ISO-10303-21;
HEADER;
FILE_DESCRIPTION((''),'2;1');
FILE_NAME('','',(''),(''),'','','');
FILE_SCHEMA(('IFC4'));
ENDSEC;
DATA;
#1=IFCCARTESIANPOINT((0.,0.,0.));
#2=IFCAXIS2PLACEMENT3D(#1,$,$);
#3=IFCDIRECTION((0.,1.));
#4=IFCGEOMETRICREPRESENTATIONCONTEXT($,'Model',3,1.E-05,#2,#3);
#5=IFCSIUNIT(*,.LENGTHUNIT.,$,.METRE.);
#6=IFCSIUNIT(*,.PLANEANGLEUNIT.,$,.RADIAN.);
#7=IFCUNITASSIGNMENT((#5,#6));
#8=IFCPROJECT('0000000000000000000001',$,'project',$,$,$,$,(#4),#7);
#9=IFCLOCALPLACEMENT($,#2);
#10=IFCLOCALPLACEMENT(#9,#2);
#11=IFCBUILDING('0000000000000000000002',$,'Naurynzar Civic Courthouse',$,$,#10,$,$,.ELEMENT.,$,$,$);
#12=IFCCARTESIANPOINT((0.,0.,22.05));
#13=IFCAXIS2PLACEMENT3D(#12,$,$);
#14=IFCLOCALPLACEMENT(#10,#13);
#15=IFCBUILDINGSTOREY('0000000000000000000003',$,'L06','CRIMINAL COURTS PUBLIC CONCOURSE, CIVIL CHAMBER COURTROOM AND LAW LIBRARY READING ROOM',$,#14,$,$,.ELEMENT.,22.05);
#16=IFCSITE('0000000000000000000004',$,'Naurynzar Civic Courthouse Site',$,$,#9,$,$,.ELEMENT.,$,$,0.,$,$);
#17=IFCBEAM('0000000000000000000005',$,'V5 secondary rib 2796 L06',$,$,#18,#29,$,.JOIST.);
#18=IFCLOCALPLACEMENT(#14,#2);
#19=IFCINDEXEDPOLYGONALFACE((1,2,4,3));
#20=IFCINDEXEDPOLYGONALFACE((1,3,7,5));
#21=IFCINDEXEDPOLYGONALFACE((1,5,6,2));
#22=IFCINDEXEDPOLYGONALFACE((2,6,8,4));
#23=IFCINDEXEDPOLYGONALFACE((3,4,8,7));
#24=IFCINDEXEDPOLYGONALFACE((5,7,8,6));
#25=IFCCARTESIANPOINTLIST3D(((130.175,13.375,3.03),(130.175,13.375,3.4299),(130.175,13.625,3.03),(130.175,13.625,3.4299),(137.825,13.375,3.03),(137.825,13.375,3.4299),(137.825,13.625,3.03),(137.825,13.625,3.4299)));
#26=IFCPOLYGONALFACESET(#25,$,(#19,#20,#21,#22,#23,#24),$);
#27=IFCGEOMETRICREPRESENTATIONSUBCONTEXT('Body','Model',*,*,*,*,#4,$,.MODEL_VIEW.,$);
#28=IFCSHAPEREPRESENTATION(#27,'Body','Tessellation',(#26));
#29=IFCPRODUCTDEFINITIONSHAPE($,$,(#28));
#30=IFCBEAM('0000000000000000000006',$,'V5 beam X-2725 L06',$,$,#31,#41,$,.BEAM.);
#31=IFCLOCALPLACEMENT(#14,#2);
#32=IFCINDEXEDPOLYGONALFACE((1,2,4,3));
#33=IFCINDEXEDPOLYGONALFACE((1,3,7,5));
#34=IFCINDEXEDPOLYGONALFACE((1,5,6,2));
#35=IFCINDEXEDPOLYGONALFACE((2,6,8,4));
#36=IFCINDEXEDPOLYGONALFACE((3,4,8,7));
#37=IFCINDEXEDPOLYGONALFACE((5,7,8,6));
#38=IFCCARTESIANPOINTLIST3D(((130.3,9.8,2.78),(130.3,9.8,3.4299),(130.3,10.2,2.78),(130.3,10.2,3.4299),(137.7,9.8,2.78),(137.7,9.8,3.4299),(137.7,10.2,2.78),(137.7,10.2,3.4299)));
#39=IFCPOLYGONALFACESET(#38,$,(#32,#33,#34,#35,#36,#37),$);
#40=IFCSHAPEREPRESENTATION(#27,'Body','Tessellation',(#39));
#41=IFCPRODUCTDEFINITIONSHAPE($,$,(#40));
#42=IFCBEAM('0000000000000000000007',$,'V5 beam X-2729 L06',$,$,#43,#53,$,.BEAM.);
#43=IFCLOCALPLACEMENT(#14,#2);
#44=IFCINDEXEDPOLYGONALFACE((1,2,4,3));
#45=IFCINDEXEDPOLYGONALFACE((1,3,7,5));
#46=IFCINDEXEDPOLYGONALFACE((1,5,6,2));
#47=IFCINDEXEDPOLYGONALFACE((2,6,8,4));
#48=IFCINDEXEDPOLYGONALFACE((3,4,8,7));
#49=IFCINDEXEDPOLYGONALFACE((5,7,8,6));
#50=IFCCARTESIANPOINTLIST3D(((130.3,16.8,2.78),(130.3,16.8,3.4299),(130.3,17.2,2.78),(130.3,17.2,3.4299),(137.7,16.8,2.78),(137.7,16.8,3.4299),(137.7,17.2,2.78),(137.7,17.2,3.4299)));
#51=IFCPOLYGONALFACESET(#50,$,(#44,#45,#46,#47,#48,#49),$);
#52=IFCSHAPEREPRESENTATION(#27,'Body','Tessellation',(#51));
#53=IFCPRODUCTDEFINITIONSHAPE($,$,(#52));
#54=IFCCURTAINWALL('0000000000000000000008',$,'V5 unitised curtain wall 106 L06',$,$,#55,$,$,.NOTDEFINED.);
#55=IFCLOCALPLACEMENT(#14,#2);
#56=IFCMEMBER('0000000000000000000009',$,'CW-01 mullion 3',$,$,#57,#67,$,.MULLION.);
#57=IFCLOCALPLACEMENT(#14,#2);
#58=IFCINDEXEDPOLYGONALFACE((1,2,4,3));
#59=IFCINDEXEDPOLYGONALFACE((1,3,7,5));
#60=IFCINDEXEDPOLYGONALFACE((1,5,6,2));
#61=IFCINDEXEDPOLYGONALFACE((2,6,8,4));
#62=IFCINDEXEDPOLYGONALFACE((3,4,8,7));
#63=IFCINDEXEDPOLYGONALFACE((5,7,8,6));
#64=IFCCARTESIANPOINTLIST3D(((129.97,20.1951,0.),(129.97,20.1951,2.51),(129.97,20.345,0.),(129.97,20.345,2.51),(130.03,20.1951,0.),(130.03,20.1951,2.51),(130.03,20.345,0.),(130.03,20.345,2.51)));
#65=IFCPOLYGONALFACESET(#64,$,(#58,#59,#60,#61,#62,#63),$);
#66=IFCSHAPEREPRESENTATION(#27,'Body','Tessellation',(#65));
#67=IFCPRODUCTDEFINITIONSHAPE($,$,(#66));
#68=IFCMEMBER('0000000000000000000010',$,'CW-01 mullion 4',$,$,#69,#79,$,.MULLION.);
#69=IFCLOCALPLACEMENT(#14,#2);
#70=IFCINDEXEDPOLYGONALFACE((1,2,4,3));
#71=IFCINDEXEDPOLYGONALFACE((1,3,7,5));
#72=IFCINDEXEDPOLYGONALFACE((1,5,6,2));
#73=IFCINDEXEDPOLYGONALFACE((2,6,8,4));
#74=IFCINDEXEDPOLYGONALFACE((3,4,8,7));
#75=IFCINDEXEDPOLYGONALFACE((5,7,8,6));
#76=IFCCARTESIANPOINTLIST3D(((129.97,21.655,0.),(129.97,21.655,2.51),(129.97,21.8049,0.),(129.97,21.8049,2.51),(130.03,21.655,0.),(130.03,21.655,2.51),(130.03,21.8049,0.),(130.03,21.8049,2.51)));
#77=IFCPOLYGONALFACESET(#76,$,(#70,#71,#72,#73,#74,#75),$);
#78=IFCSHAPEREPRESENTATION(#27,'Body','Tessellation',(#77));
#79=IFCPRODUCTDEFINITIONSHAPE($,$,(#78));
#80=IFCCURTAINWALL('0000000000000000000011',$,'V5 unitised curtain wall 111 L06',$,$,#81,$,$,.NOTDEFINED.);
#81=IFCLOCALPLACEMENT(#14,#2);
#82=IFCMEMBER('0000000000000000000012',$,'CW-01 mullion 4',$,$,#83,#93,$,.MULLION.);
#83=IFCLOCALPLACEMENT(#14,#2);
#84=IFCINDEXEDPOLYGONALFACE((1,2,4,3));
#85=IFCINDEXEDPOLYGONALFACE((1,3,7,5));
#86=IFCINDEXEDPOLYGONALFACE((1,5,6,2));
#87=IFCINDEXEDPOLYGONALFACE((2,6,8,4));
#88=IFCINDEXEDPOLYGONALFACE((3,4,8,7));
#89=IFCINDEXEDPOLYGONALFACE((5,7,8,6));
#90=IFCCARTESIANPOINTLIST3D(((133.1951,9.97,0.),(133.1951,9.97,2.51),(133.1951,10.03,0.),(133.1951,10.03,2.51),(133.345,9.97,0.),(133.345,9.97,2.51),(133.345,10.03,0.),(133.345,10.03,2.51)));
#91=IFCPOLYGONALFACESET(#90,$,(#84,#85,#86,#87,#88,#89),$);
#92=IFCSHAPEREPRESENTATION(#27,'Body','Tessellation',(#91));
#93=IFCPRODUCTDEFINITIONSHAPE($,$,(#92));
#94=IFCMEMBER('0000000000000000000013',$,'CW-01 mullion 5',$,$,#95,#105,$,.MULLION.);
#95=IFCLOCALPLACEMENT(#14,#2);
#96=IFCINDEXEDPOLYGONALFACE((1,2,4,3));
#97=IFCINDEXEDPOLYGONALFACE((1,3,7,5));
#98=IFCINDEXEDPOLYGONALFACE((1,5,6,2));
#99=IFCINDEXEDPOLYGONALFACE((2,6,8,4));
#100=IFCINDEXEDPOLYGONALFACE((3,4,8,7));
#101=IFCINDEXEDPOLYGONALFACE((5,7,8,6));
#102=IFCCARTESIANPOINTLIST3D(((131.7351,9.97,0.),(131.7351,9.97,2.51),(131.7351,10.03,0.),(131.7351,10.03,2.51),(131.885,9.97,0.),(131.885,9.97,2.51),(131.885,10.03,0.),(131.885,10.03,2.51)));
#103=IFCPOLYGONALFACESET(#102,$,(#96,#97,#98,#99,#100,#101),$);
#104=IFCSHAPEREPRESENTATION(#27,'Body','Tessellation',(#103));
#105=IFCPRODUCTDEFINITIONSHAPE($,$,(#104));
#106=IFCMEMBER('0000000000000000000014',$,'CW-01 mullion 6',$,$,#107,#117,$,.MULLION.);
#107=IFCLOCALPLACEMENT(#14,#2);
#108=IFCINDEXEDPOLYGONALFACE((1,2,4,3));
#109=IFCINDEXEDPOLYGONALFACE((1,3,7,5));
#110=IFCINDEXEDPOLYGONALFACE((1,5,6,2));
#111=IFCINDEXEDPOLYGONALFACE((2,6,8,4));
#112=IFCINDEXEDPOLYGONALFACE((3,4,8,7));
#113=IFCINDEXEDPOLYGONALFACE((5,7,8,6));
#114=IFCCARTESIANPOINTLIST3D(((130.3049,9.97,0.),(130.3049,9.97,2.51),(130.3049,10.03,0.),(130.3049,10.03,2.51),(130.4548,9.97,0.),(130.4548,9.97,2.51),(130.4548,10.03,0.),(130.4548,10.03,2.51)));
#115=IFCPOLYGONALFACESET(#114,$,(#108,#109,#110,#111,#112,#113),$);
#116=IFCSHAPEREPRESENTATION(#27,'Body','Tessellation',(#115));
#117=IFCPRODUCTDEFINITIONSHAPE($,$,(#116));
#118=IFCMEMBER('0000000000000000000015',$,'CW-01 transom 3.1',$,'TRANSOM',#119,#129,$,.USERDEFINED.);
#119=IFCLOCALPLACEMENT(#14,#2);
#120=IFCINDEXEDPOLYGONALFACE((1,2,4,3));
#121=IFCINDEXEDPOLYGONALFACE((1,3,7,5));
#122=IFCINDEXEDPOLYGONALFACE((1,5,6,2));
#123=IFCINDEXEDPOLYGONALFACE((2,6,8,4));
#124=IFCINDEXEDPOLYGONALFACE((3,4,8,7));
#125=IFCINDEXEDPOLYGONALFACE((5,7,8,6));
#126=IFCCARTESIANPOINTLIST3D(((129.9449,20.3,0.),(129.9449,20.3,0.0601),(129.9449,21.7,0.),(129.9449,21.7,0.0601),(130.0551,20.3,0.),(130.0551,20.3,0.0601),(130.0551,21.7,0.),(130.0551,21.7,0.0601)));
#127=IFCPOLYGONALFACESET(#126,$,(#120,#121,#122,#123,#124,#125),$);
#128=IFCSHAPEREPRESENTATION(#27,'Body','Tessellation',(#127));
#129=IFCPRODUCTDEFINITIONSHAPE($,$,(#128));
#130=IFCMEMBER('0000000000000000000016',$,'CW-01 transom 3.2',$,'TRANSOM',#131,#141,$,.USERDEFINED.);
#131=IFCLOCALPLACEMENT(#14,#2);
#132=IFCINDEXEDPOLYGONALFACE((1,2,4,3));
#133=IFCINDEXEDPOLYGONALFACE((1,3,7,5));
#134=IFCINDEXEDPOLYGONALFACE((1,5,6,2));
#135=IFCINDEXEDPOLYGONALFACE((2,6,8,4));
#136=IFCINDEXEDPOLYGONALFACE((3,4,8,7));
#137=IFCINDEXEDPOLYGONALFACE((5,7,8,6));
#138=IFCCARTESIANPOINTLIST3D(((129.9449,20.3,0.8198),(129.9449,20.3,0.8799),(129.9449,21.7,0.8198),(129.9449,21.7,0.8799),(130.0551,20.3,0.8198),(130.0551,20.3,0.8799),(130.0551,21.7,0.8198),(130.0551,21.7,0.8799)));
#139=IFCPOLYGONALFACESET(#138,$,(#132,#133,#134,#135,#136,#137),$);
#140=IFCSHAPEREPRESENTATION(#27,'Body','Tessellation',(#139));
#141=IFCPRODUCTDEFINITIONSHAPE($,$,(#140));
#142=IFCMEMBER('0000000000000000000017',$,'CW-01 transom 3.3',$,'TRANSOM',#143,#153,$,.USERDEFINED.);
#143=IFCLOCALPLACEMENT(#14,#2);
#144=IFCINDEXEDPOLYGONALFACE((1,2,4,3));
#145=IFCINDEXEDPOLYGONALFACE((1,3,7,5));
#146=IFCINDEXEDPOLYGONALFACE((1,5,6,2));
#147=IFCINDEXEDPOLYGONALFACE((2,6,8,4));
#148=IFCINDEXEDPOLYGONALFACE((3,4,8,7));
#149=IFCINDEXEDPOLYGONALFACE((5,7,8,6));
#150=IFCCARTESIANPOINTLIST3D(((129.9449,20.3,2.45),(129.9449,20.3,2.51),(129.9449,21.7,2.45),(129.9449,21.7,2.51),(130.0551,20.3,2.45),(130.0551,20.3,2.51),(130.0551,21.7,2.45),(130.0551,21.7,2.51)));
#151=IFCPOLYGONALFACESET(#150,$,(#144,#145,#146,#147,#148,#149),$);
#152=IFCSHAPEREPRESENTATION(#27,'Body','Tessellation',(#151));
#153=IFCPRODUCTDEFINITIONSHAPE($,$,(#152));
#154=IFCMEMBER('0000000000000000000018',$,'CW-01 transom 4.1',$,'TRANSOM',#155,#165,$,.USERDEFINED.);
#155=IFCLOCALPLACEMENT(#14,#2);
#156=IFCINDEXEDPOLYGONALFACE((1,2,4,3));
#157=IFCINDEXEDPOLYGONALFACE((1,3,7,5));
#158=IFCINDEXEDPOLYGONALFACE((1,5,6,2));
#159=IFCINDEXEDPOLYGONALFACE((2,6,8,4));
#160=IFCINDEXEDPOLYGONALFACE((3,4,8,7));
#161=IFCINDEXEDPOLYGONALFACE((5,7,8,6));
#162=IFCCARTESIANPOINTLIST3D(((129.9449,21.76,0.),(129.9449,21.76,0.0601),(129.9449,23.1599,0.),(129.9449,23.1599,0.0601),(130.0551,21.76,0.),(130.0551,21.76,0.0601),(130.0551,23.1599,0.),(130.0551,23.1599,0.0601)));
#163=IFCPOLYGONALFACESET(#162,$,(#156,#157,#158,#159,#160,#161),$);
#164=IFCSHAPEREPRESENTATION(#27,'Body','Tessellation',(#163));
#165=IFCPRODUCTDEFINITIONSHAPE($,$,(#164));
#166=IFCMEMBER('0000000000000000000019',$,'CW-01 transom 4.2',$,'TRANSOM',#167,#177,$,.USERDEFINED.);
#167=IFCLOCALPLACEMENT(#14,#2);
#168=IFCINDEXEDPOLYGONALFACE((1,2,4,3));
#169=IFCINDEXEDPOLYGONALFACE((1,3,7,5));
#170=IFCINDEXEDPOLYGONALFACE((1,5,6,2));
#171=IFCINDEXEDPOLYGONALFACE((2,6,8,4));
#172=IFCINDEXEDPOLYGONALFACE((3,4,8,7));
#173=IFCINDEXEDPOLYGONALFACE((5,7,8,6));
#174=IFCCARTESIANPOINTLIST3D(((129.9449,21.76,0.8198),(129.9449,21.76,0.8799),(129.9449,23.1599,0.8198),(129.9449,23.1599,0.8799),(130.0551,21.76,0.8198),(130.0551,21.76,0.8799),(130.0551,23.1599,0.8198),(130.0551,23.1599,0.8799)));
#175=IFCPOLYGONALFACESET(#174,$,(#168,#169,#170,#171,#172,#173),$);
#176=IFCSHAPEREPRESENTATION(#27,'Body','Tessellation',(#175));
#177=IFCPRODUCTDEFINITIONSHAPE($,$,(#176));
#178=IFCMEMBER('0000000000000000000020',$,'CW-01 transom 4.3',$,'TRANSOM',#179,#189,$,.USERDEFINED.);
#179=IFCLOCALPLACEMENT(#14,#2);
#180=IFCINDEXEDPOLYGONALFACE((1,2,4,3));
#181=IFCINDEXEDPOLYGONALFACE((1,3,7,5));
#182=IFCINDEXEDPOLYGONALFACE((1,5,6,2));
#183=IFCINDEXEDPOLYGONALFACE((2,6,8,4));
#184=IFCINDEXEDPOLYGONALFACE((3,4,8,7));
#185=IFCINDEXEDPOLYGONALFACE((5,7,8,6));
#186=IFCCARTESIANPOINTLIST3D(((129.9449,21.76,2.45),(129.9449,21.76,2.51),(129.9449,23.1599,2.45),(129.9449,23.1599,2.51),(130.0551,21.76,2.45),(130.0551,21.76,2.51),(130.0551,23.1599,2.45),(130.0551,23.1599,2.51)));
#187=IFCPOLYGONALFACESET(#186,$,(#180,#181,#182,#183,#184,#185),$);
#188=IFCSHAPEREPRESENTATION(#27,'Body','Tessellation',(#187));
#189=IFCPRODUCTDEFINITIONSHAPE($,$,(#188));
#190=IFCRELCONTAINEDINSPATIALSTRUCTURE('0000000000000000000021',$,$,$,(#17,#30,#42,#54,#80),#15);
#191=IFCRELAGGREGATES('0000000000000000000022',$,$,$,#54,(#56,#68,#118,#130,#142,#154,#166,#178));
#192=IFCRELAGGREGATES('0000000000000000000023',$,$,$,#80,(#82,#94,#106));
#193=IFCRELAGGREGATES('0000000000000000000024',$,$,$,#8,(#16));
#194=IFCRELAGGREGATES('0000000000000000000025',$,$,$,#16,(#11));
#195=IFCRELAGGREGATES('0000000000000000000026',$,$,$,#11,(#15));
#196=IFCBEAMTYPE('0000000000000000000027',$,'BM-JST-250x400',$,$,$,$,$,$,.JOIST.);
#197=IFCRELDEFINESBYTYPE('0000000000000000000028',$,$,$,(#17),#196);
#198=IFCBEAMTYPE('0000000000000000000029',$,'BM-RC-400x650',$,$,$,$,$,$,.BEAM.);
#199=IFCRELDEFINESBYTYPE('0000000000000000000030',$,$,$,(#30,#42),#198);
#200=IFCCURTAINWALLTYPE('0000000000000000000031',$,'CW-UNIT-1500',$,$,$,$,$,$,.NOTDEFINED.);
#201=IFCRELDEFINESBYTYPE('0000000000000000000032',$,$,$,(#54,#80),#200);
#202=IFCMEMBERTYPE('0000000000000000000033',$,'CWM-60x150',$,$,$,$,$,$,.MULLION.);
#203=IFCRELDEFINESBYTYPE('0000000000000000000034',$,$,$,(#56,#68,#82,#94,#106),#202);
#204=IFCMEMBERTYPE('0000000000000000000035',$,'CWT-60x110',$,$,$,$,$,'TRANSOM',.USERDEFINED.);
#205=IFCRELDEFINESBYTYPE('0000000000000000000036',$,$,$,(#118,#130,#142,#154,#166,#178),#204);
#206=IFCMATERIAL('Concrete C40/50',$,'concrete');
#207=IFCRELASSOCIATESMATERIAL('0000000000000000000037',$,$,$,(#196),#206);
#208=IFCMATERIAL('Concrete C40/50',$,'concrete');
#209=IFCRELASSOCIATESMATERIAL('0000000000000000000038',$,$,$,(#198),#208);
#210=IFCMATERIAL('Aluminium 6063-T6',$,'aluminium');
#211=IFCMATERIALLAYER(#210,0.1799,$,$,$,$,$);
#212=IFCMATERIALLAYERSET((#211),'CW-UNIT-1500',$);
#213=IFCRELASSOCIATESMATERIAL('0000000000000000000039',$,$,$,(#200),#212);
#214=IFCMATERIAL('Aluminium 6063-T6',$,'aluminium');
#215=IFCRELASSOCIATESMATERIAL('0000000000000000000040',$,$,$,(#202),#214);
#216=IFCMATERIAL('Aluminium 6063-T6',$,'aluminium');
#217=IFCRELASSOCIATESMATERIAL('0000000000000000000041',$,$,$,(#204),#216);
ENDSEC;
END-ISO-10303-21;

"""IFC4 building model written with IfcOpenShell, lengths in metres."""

from ifc_helpers import new_model, si_unit, direction, frame, origin, origin_2d, place, context, subcontext, project, spatial, rectangle, extrude, material, layer, layer_set, material_profile, profile_set, type_object, element, aggregate, save


model = new_model("IFC4")

# Units and contexts
model_context = context("Model", 3, precision=1e-05, world=origin(), true_north=direction((0.0, 1.0)))
body_context = subcontext(model_context, "Body", "Model", "MODEL_VIEW")
ifc_project = project(units=[si_unit("LENGTHUNIT", "METRE"), si_unit("PLANEANGLEUNIT", "RADIAN")], contexts=[model_context])

# Site, building, storey
site_placement = place(None, origin())
site = spatial("IfcSite", under=ifc_project, at=site_placement, Name="Naurynzar Civic Courthouse Site", CompositionType="ELEMENT", RefElevation=0.0)
building_placement = place(site_placement, origin())
building = spatial("IfcBuilding", under=site, at=building_placement, Name="Naurynzar Civic Courthouse", CompositionType="ELEMENT")
storey_placement = place(building_placement, frame((0.0, 0.0, 22.05)))
storey = spatial("IfcBuildingStorey", under=building, at=storey_placement, Name="L06", Description="CRIMINAL COURTS PUBLIC CONCOURSE, CIVIL CHAMBER COURTROOM AND LAW LIBRARY READING ROOM", CompositionType="ELEMENT", Elevation=22.05)

# Beams
ifc_material_1 = material(Name="Concrete C40/50", Category="concrete")
ifc_material_profile_1 = material_profile(ifc_material_1, rectangle(XDim=0.25, YDim=0.3999, at=origin_2d()), Name="RCB 250x400")
ifc_profile_set_1 = profile_set([ifc_material_profile_1], Name="Concrete C40/50")
beam_type_1 = type_object("IfcBeamType", Name="BM-JST-250x400", PredefinedType="JOIST", material=ifc_profile_set_1)
beam_placement = place(storey_placement, frame((130.175, 13.5, 3.23), z_axis=(1.0, 0.0, 0.0), x_axis=(0.0, 1.0, 0.0)))
element("IfcBeam", 1, at=beam_placement, inside=storey, type_object=beam_type_1, Name="V5 secondary rib 2796 L06", PredefinedType="JOIST", context=body_context, shape_type="SweptSolid", body=[
    extrude(rectangle(XDim=0.25, YDim=0.3999, at=origin_2d()), origin(), (0.0, 0.0, 1.0), 7.6499),
])
ifc_material_2 = material(Name="Concrete C40/50", Category="concrete")
ifc_material_profile_2 = material_profile(ifc_material_2, rectangle(XDim=0.3999, YDim=0.6499, at=origin_2d()), Name="RCB 400x650")
ifc_profile_set_2 = profile_set([ifc_material_profile_2], Name="Concrete C40/50")
beam_type_2 = type_object("IfcBeamType", Name="BM-RC-400x650", PredefinedType="BEAM", material=ifc_profile_set_2)
for number, where, z_axis, x_axis, name in (
    (2, (130.3, 10.0, 3.105), (1.0, 0.0, 0.0), (0.0, 1.0, 0.0), "V5 beam X-2725 L06"),
    (3, (130.3, 17.0, 3.105), (1.0, 0.0, 0.0), (0.0, 1.0, 0.0), "V5 beam X-2729 L06"),
):
    element("IfcBeam", number, at=place(storey_placement, frame(where, z_axis=z_axis, x_axis=x_axis)), inside=storey, type_object=beam_type_2, Name=name, PredefinedType="BEAM", context=body_context, shape_type="SweptSolid", body=[
        extrude(rectangle(XDim=0.3999, YDim=0.6499, at=origin_2d()), origin(), (0.0, 0.0, 1.0), 7.3999),
    ])

# Curtain walls, members
ifc_material_3 = material(Name="Aluminium 6063-T6", Category="aluminium")
ifc_layer_1 = layer(ifc_material_3, 0.1799)
ifc_layer_set_1 = layer_set([ifc_layer_1], Name="CW-UNIT-1500")
curtain_wall_type = type_object("IfcCurtainWallType", Name="CW-UNIT-1500", PredefinedType="NOTDEFINED", material=ifc_layer_set_1)
curtain_wall_1_placement = place(storey_placement, origin())
curtain_wall_1 = element("IfcCurtainWall", 4, at=curtain_wall_1_placement, inside=storey, type_object=curtain_wall_type, Name="V5 unitised curtain wall 106 L06", PredefinedType="NOTDEFINED")
ifc_material_4 = material(Name="Aluminium 6063-T6", Category="aluminium")
ifc_material_profile_3 = material_profile(ifc_material_4, rectangle(XDim=0.0601, YDim=0.1499, at=origin_2d()), Name="ALU MULLION 60x150")
ifc_profile_set_3 = profile_set([ifc_material_profile_3], Name="Aluminium 6063-T6")
member_type_1 = type_object("IfcMemberType", Name="CWM-60x150", PredefinedType="MULLION", material=ifc_profile_set_3)
member_1_placement = place(storey_placement, frame((130.0, 20.27, 0.0), z_axis=(0.0, 0.0, 1.0), x_axis=(-1.0, 0.0, 0.0)))
member_1 = element("IfcMember", 5, at=member_1_placement, type_object=member_type_1, Name="CW-01 mullion 3", PredefinedType="MULLION", context=body_context, shape_type="SweptSolid", body=[
    extrude(rectangle(XDim=0.0601, YDim=0.1499, at=origin_2d()), origin(), (0.0, 0.0, 1.0), 2.51),
])
member_2_placement = place(storey_placement, frame((130.0, 21.73, 0.0), z_axis=(0.0, 0.0, 1.0), x_axis=(-1.0, 0.0, 0.0)))
member_2 = element("IfcMember", 6, at=member_2_placement, type_object=member_type_1, Name="CW-01 mullion 4", PredefinedType="MULLION", context=body_context, shape_type="SweptSolid", body=[
    extrude(rectangle(XDim=0.0601, YDim=0.1499, at=origin_2d()), origin(), (0.0, 0.0, 1.0), 2.51),
])
curtain_wall_2_placement = place(storey_placement, origin())
curtain_wall_2 = element("IfcCurtainWall", 7, at=curtain_wall_2_placement, inside=storey, type_object=curtain_wall_type, Name="V5 unitised curtain wall 111 L06", PredefinedType="NOTDEFINED")
member_3_placement = place(storey_placement, frame((133.27, 10.0, 0.0), z_axis=(0.0, 0.0, 1.0), x_axis=(0.0, -1.0, 0.0)))
member_3 = element("IfcMember", 8, at=member_3_placement, type_object=member_type_1, Name="CW-01 mullion 4", PredefinedType="MULLION", context=body_context, shape_type="SweptSolid", body=[
    extrude(rectangle(XDim=0.0601, YDim=0.1499, at=origin_2d()), origin(), (0.0, 0.0, 1.0), 2.51),
])
member_4_placement = place(storey_placement, frame((131.8101, 10.0, 0.0), z_axis=(0.0, 0.0, 1.0), x_axis=(0.0, -1.0, 0.0)))
member_4 = element("IfcMember", 9, at=member_4_placement, type_object=member_type_1, Name="CW-01 mullion 5", PredefinedType="MULLION", context=body_context, shape_type="SweptSolid", body=[
    extrude(rectangle(XDim=0.0601, YDim=0.1499, at=origin_2d()), origin(), (0.0, 0.0, 1.0), 2.51),
])
member_5_placement = place(storey_placement, frame((130.3799, 10.0, 0.0), z_axis=(0.0, 0.0, 1.0), x_axis=(0.0, -1.0, 0.0)))
member_5 = element("IfcMember", 10, at=member_5_placement, type_object=member_type_1, Name="CW-01 mullion 6", PredefinedType="MULLION", context=body_context, shape_type="SweptSolid", body=[
    extrude(rectangle(XDim=0.0601, YDim=0.1499, at=origin_2d()), origin(), (0.0, 0.0, 1.0), 2.51),
])

# Members
ifc_material_5 = material(Name="Aluminium 6063-T6", Category="aluminium")
ifc_material_profile_4 = material_profile(ifc_material_5, rectangle(XDim=0.1101, YDim=0.0601, at=origin_2d()), Name="ALU TRANSOM 60x110")
ifc_profile_set_4 = profile_set([ifc_material_profile_4], Name="Aluminium 6063-T6")
member_type_2 = type_object("IfcMemberType", Name="CWT-60x110", ElementType="TRANSOM", PredefinedType="USERDEFINED", material=ifc_profile_set_4)
member_6_placement = place(storey_placement, frame((130.0, 20.3, 0.03), z_axis=(0.0, 1.0, 0.0), x_axis=(-1.0, 0.0, 0.0)))
member_6 = element("IfcMember", 11, at=member_6_placement, type_object=member_type_2, Name="CW-01 transom 3.1", ObjectType="TRANSOM", PredefinedType="USERDEFINED", context=body_context, shape_type="SweptSolid", body=[
    extrude(rectangle(XDim=0.1101, YDim=0.0601, at=origin_2d()), origin(), (0.0, 0.0, 1.0), 1.3999),
])
member_7_placement = place(storey_placement, frame((130.0, 20.3, 0.8499), z_axis=(0.0, 1.0, 0.0), x_axis=(-1.0, 0.0, 0.0)))
member_7 = element("IfcMember", 12, at=member_7_placement, type_object=member_type_2, Name="CW-01 transom 3.2", ObjectType="TRANSOM", PredefinedType="USERDEFINED", context=body_context, shape_type="SweptSolid", body=[
    extrude(rectangle(XDim=0.1101, YDim=0.0601, at=origin_2d()), origin(), (0.0, 0.0, 1.0), 1.3999),
])
member_8_placement = place(storey_placement, frame((130.0, 20.3, 2.48), z_axis=(0.0, 1.0, 0.0), x_axis=(-1.0, 0.0, 0.0)))
member_8 = element("IfcMember", 13, at=member_8_placement, type_object=member_type_2, Name="CW-01 transom 3.3", ObjectType="TRANSOM", PredefinedType="USERDEFINED", context=body_context, shape_type="SweptSolid", body=[
    extrude(rectangle(XDim=0.1101, YDim=0.0601, at=origin_2d()), origin(), (0.0, 0.0, 1.0), 1.3999),
])
member_9_placement = place(storey_placement, frame((130.0, 21.76, 0.03), z_axis=(0.0, 1.0, 0.0), x_axis=(-1.0, 0.0, 0.0)))
member_9 = element("IfcMember", 14, at=member_9_placement, type_object=member_type_2, Name="CW-01 transom 4.1", ObjectType="TRANSOM", PredefinedType="USERDEFINED", context=body_context, shape_type="SweptSolid", body=[
    extrude(rectangle(XDim=0.1101, YDim=0.0601, at=origin_2d()), origin(), (0.0, 0.0, 1.0), 1.3999),
])
member_10_placement = place(storey_placement, frame((130.0, 21.76, 0.8499), z_axis=(0.0, 1.0, 0.0), x_axis=(-1.0, 0.0, 0.0)))
member_10 = element("IfcMember", 15, at=member_10_placement, type_object=member_type_2, Name="CW-01 transom 4.2", ObjectType="TRANSOM", PredefinedType="USERDEFINED", context=body_context, shape_type="SweptSolid", body=[
    extrude(rectangle(XDim=0.1101, YDim=0.0601, at=origin_2d()), origin(), (0.0, 0.0, 1.0), 1.3999),
])
member_11_placement = place(storey_placement, frame((130.0, 21.76, 2.48), z_axis=(0.0, 1.0, 0.0), x_axis=(-1.0, 0.0, 0.0)))
member_11 = element("IfcMember", 16, at=member_11_placement, type_object=member_type_2, Name="CW-01 transom 4.3", ObjectType="TRANSOM", PredefinedType="USERDEFINED", context=body_context, shape_type="SweptSolid", body=[
    extrude(rectangle(XDim=0.1101, YDim=0.0601, at=origin_2d()), origin(), (0.0, 0.0, 1.0), 1.3999),
])

aggregate(curtain_wall_1, [member_1, member_2, member_6, member_7, member_8, member_9, member_10, member_11])
aggregate(curtain_wall_2, [member_3, member_4, member_5])

save(model, "model.ifc")
